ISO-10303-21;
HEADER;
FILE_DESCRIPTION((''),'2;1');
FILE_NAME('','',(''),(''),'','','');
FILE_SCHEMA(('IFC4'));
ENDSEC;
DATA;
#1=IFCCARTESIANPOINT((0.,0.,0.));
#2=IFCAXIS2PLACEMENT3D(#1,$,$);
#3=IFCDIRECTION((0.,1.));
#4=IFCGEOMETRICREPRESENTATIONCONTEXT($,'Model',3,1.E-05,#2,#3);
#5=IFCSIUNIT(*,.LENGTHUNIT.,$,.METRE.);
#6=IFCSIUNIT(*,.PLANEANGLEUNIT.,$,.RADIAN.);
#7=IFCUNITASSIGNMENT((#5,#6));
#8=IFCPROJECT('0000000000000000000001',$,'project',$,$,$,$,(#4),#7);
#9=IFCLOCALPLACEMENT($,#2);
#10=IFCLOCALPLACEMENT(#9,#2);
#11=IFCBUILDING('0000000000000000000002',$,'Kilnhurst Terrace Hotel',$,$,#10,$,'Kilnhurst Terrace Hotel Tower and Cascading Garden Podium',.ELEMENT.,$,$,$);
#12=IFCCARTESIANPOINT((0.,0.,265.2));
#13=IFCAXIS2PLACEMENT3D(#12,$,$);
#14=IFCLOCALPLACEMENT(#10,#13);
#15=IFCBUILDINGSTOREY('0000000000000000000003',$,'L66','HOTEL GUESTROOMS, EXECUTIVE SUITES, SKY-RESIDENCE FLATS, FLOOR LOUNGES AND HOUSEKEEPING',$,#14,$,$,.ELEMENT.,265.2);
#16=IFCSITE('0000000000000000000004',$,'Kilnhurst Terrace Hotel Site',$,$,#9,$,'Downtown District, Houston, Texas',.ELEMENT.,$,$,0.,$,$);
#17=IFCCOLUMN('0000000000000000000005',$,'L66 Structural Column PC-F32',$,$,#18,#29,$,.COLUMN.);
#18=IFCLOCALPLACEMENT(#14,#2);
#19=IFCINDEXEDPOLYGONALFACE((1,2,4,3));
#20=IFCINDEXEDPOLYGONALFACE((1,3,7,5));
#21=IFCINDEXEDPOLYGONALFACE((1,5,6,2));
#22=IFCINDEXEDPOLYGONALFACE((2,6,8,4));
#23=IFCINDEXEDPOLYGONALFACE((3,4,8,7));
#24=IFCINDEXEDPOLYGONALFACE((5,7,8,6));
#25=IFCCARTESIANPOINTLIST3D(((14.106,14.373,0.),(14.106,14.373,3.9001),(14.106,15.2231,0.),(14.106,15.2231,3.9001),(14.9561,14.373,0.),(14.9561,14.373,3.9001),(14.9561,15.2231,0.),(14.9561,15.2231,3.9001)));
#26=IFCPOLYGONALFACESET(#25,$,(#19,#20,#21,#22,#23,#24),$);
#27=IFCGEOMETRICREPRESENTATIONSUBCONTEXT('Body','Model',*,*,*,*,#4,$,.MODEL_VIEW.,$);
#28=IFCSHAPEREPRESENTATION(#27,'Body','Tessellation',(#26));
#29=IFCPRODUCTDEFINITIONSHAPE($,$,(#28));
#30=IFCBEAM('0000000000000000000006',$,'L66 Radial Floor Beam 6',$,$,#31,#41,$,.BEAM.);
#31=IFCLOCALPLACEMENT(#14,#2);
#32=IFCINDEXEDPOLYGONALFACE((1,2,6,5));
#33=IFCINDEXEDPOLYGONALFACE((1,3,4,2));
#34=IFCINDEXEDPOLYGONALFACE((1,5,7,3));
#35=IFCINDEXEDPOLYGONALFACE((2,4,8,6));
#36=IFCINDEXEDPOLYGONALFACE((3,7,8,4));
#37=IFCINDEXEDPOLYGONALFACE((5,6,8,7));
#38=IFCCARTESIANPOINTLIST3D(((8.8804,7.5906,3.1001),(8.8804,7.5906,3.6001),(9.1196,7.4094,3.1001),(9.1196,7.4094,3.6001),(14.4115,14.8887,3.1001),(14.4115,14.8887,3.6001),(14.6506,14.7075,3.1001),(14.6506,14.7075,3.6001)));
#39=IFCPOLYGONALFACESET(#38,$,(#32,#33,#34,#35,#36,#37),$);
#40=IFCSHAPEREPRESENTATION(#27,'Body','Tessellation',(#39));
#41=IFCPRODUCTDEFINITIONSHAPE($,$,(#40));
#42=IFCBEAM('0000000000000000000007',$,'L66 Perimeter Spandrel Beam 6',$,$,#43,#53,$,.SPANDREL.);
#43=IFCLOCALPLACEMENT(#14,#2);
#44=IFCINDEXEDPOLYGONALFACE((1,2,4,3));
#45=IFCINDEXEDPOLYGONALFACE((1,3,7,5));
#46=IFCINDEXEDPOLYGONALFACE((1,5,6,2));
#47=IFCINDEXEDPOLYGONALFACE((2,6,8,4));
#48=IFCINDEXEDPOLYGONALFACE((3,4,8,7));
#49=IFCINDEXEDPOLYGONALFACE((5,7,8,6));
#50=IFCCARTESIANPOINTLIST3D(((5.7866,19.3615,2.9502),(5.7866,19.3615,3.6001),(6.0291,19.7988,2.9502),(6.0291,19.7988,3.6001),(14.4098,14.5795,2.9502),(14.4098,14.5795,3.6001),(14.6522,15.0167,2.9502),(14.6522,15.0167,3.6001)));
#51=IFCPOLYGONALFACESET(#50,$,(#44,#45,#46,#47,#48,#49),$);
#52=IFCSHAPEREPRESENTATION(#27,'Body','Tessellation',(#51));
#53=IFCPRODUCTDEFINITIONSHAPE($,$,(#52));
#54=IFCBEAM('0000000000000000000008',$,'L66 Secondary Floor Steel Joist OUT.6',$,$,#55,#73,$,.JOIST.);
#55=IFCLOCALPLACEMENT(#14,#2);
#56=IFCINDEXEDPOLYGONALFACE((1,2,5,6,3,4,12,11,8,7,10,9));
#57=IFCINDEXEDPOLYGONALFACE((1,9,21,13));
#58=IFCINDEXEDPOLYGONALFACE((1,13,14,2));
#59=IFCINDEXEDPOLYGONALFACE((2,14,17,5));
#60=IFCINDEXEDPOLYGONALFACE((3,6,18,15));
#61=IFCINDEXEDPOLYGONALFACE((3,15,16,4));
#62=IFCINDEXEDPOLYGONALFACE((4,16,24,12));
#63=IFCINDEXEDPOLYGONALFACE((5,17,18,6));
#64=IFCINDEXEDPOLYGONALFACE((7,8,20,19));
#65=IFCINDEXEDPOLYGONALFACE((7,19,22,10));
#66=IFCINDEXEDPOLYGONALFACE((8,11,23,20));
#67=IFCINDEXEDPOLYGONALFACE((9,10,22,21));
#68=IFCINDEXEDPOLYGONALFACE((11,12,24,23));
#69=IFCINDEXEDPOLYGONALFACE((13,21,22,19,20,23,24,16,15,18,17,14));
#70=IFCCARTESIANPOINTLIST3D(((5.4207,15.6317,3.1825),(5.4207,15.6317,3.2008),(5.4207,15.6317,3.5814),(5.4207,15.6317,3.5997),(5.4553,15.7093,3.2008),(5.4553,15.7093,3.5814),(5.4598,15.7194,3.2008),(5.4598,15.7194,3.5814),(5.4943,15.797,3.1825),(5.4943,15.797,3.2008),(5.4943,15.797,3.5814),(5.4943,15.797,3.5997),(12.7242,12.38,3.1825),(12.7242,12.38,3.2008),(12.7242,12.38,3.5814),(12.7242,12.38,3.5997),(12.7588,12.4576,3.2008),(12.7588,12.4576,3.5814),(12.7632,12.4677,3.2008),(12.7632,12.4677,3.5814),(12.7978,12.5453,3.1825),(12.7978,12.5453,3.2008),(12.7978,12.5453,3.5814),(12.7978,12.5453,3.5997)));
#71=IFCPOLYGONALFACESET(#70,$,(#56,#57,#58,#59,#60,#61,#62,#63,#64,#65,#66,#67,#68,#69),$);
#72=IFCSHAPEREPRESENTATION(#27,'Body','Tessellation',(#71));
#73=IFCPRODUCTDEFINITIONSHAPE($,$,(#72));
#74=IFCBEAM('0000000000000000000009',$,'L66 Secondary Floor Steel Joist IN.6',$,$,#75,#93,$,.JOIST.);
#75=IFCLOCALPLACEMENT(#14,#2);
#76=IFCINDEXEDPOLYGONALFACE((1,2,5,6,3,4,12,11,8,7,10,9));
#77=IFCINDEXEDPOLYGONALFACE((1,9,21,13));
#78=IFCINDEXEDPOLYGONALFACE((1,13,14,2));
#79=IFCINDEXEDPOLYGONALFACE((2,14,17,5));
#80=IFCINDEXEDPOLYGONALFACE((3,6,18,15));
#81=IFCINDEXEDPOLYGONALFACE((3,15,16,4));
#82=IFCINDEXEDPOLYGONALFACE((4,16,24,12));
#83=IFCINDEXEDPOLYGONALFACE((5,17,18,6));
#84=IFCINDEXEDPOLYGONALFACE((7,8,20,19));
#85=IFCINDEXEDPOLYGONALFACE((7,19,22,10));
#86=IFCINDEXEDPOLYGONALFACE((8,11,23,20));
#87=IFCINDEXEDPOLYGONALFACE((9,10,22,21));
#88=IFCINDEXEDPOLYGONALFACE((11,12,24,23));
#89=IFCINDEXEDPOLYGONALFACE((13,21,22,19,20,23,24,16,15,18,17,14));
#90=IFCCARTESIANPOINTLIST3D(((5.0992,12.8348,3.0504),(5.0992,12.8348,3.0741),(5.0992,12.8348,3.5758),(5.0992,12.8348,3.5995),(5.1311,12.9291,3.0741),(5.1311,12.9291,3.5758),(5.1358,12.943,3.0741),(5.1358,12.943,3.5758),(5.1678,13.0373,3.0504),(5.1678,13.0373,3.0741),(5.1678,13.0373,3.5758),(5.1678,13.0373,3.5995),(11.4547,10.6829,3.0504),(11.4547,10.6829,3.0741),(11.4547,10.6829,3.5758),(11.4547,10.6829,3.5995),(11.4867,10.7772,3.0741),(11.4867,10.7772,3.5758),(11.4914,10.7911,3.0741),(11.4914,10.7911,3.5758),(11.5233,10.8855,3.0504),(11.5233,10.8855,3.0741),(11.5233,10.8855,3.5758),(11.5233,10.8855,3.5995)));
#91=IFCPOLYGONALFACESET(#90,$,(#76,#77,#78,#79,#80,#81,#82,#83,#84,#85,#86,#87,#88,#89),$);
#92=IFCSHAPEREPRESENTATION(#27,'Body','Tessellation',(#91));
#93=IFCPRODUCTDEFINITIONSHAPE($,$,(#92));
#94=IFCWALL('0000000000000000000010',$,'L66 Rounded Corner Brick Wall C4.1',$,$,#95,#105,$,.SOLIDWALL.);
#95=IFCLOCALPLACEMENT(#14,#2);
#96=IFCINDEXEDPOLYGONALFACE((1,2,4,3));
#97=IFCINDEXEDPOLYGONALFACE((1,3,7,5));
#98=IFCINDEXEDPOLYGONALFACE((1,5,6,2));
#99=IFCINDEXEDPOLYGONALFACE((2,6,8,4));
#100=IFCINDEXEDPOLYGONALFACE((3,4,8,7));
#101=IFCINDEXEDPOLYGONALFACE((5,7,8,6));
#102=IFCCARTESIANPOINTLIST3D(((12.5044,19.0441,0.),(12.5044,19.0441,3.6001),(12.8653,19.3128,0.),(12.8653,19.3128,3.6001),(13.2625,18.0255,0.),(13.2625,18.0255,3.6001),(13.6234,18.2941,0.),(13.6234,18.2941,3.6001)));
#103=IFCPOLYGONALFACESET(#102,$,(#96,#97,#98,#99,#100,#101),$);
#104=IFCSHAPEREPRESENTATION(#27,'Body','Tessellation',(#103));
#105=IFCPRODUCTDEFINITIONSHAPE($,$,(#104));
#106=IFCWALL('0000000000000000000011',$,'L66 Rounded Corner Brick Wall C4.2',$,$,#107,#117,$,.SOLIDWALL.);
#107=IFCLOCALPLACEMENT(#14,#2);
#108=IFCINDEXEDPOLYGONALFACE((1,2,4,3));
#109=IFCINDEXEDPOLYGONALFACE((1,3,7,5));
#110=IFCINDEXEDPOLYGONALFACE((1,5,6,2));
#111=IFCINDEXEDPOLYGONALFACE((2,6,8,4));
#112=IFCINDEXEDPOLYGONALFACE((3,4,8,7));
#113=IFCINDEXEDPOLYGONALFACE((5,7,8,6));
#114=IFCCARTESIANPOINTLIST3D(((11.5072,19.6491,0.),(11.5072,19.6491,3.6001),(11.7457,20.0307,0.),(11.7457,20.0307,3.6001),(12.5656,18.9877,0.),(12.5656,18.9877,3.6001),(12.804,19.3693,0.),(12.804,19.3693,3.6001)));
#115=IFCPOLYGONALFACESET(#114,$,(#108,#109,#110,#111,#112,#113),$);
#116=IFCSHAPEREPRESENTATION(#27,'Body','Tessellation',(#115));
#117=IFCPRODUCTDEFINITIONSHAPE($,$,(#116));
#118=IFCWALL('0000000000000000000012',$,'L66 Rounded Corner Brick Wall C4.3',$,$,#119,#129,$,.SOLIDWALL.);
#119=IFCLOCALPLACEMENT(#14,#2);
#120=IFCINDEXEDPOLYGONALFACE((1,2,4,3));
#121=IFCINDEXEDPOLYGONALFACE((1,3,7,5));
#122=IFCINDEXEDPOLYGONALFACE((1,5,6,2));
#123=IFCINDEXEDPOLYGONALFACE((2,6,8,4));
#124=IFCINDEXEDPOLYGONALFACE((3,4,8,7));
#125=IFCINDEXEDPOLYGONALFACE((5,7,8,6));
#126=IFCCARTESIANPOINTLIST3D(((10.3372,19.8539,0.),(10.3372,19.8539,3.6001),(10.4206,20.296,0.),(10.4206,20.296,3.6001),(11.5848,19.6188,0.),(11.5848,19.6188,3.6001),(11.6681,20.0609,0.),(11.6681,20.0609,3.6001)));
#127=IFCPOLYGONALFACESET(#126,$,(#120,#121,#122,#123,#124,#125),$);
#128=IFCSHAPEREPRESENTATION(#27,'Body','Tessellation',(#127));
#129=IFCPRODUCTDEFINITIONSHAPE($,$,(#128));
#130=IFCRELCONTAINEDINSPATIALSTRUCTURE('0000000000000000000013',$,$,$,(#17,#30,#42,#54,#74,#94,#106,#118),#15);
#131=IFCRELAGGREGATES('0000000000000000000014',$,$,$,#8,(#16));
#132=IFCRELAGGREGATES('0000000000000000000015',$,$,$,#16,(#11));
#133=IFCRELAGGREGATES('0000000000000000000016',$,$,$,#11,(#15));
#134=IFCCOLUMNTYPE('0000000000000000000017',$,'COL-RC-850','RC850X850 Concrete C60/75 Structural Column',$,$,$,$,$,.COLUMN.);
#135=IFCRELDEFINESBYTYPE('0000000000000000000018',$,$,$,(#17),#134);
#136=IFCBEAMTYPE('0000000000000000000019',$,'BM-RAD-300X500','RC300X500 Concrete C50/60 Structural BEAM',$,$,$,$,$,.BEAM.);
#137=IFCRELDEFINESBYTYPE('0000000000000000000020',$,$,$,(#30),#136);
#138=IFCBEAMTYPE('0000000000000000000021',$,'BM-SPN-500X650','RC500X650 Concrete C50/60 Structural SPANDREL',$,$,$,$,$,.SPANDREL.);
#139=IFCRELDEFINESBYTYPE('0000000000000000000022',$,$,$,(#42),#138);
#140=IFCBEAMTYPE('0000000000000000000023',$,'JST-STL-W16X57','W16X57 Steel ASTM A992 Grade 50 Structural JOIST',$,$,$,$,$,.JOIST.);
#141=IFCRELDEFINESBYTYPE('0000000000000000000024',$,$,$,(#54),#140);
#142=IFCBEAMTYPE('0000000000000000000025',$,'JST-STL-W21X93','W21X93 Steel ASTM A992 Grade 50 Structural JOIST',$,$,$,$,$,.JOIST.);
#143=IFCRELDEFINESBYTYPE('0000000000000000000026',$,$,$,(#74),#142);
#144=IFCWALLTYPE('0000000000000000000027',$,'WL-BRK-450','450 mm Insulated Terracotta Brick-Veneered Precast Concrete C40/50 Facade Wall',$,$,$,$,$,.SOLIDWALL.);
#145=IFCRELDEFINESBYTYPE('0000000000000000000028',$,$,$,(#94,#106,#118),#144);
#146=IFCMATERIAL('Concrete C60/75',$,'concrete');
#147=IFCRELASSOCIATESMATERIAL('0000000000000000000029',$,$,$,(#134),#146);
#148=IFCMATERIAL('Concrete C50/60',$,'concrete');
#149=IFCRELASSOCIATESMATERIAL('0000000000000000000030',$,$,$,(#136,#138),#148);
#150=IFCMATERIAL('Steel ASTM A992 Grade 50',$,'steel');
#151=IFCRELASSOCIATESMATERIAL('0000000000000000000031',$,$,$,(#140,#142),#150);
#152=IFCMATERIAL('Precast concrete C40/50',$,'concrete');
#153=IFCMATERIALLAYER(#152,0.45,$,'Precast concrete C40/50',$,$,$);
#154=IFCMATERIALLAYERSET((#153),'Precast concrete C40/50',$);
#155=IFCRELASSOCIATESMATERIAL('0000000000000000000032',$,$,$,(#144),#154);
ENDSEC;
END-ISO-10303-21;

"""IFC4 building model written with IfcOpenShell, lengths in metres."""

from ifc_helpers import new_model, si_unit, direction, frame, frame_2d, origin, origin_2d, place, context, subcontext, project, spatial, rectangle, i_section, extrude, material, layer, layer_set, material_profile, profile_set, type_object, element, save


model = new_model("IFC4")

# Units and contexts
model_context = context("Model", 3, precision=1e-05, world=origin(), true_north=direction((0.0, 1.0)))
body_context = subcontext(model_context, "Body", "Model", "MODEL_VIEW")
ifc_project = project(units=[si_unit("LENGTHUNIT", "METRE"), si_unit("PLANEANGLEUNIT", "RADIAN")], contexts=[model_context])

# Site, building, storey
site_placement = place(None, origin())
site = spatial("IfcSite", under=ifc_project, at=site_placement, Name="Kilnhurst Terrace Hotel Site", LongName="Downtown District, Houston, Texas", CompositionType="ELEMENT", RefElevation=0.0)
building_placement = place(site_placement, origin())
building = spatial("IfcBuilding", under=site, at=building_placement, Name="Kilnhurst Terrace Hotel", LongName="Kilnhurst Terrace Hotel Tower and Cascading Garden Podium", CompositionType="ELEMENT")
storey_placement = place(building_placement, frame((0.0, 0.0, 265.2)))
storey = spatial("IfcBuildingStorey", under=building, at=storey_placement, Name="L66", Description="HOTEL GUESTROOMS, EXECUTIVE SUITES, SKY-RESIDENCE FLATS, FLOOR LOUNGES AND HOUSEKEEPING", CompositionType="ELEMENT", Elevation=265.2)

# Column
ifc_material_1 = material(Name="Concrete C60/75", Category="concrete")
ifc_material_profile_1 = material_profile(ifc_material_1, rectangle(XDim=0.8501, YDim=0.8501, at=origin_2d()), Name="RC850X850")
ifc_profile_set_1 = profile_set([ifc_material_profile_1], Name="Concrete C60/75")
column_type = type_object("IfcColumnType", Name="COL-RC-850", Description="RC850X850 Concrete C60/75 Structural Column", PredefinedType="COLUMN", material=ifc_profile_set_1)
column_placement = place(storey_placement, frame((14.531, 14.7981, 0.0), z_axis=(0.0, 0.0, 1.0), x_axis=(1.0, 0.0, 0.0)))
element("IfcColumn", 1, at=column_placement, inside=storey, type_object=column_type, Name="L66 Structural Column PC-F32", PredefinedType="COLUMN", context=body_context, shape_type="SweptSolid", body=[
    extrude(rectangle(XDim=0.8501, YDim=0.8501, at=origin_2d()), origin(), (0.0, 0.0, 1.0), 3.9001),
])

# Beams
ifc_material_2 = material(Name="Concrete C50/60", Category="concrete")
ifc_material_profile_2 = material_profile(ifc_material_2, rectangle(XDim=0.3, YDim=0.5, at=origin_2d()), Name="RC300X500")
ifc_profile_set_2 = profile_set([ifc_material_profile_2], Name="Concrete C50/60")
beam_type_1 = type_object("IfcBeamType", Name="BM-RAD-300X500", Description="RC300X500 Concrete C50/60 Structural BEAM", PredefinedType="BEAM", material=ifc_profile_set_2)
beam_1_placement = place(storey_placement, frame((9.0, 7.5, 3.3501), z_axis=(0.604007, 0.796979, 0.0), x_axis=(-0.796979, 0.604007, 0.0)))
element("IfcBeam", 2, at=beam_1_placement, inside=storey, type_object=beam_type_1, Name="L66 Radial Floor Beam 6", PredefinedType="BEAM", context=body_context, shape_type="SweptSolid", body=[
    extrude(rectangle(XDim=0.3, YDim=0.5, at=origin_2d()), origin(), (0.0, 0.0, 1.0), 9.1572),
])
ifc_material_profile_3 = material_profile(ifc_material_2, rectangle(XDim=0.5, YDim=0.6499, at=origin_2d()), Name="RC500X650")
ifc_profile_set_3 = profile_set([ifc_material_profile_3], Name="Concrete C50/60")
beam_type_2 = type_object("IfcBeamType", Name="BM-SPN-500X650", Description="RC500X650 Concrete C50/60 Structural SPANDREL", PredefinedType="SPANDREL", material=ifc_profile_set_3)
beam_2_placement = place(storey_placement, frame((14.531, 14.7981, 3.2751), z_axis=(-0.874527, 0.484976, 0.0), x_axis=(-0.484976, -0.874527, 0.0)))
element("IfcBeam", 3, at=beam_2_placement, inside=storey, type_object=beam_type_2, Name="L66 Perimeter Spandrel Beam 6", PredefinedType="SPANDREL", context=body_context, shape_type="SweptSolid", body=[
    extrude(rectangle(XDim=0.5, YDim=0.6499, at=origin_2d()), origin(), (0.0, 0.0, 1.0), 9.8604),
])
ifc_material_3 = material(Name="Steel ASTM A992 Grade 50", Category="steel")
ifc_material_profile_4 = material_profile(ifc_material_3, i_section(OverallWidth=0.1809, OverallDepth=0.4172, WebThickness=0.011, FlangeThickness=0.0183, at=origin_2d()), Name="W16X57")
ifc_profile_set_4 = profile_set([ifc_material_profile_4], Name="Steel ASTM A992 Grade 50")
beam_type_3 = type_object("IfcBeamType", Name="JST-STL-W16X57", Description="W16X57 Steel ASTM A992 Grade 50 Structural JOIST", PredefinedType="JOIST", material=ifc_profile_set_4)
beam_3_placement = place(storey_placement, frame((12.761, 12.4626, 3.3911), z_axis=(-0.913546, 0.406736, 0.0), x_axis=(-0.406736, -0.913546, 0.0)))
element("IfcBeam", 4, at=beam_3_placement, inside=storey, type_object=beam_type_3, Name="L66 Secondary Floor Steel Joist OUT.6", PredefinedType="JOIST", context=body_context, shape_type="SweptSolid", body=[
    extrude(i_section(OverallWidth=0.1809, OverallDepth=0.4172, WebThickness=0.011, FlangeThickness=0.0183, at=origin_2d()), origin(), (0.0, 0.0, 1.0), 7.9946),
])
ifc_material_profile_5 = material_profile(ifc_material_3, i_section(OverallWidth=0.2139, OverallDepth=0.5491, WebThickness=0.0146, FlangeThickness=0.0237, at=origin_2d()), Name="W21X93")
ifc_profile_set_5 = profile_set([ifc_material_profile_5], Name="Steel ASTM A992 Grade 50")
beam_type_4 = type_object("IfcBeamType", Name="JST-STL-W21X93", Description="W21X93 Steel ASTM A992 Grade 50 Structural JOIST", PredefinedType="JOIST", material=ifc_profile_set_5)
beam_4_placement = place(storey_placement, frame((11.489, 10.7842, 3.325), z_axis=(-0.947181, 0.3207, 0.0), x_axis=(-0.3207, -0.947181, 0.0)))
element("IfcBeam", 5, at=beam_4_placement, inside=storey, type_object=beam_type_4, Name="L66 Secondary Floor Steel Joist IN.6", PredefinedType="JOIST", context=body_context, shape_type="SweptSolid", body=[
    extrude(i_section(OverallWidth=0.2139, OverallDepth=0.5491, WebThickness=0.0146, FlangeThickness=0.0237, at=origin_2d()), origin(), (0.0, 0.0, 1.0), 6.71),
])

# Walls
ifc_material_4 = material(Name="Precast concrete C40/50", Category="concrete")
ifc_layer_1 = layer(ifc_material_4, 0.45, Name="Precast concrete C40/50")
ifc_layer_set_1 = layer_set([ifc_layer_1], Name="Precast concrete C40/50")
wall_type_1 = type_object("IfcWallType", Name="WL-BRK-450", Description="450 mm Insulated Terracotta Brick-Veneered Precast Concrete C40/50 Facade Wall", PredefinedType="SOLIDWALL", material=ifc_layer_set_1)
wall_1_placement = place(storey_placement, frame((13.4429, 18.1599, 0.0), z_axis=(0.0, 0.0, 1.0), x_axis=(-0.597042, 0.80221, 0.0)))
element("IfcWall", 6, at=wall_1_placement, inside=storey, type_object=wall_type_1, Name="L66 Rounded Corner Brick Wall C4.1", PredefinedType="SOLIDWALL", context=body_context, shape_type="SweptSolid", body=[
    extrude(rectangle(XDim=1.2698, YDim=0.45, at=frame_2d((0.6348, 0.0))), origin(), (0.0, 0.0, 1.0), 3.6001),
])
wall_2_placement = place(storey_placement, frame((12.6848, 19.1785, 0.0), z_axis=(0.0, 0.0, 1.0), x_axis=(-0.848031, 0.529946, 0.0)))
element("IfcWall", 7, at=wall_2_placement, inside=storey, type_object=wall_type_1, Name="L66 Rounded Corner Brick Wall C4.2", PredefinedType="SOLIDWALL", context=body_context, shape_type="SweptSolid", body=[
    extrude(rectangle(XDim=1.248, YDim=0.45, at=frame_2d((0.624, 0.0))), origin(), (0.0, 0.0, 1.0), 3.6001),
])
wall_3_placement = place(storey_placement, frame((11.6265, 19.8398, 0.0), z_axis=(0.0, 0.0, 1.0), x_axis=(-0.982702, 0.185194, 0.0)))
element("IfcWall", 8, at=wall_3_placement, inside=storey, type_object=wall_type_1, Name="L66 Rounded Corner Brick Wall C4.3", PredefinedType="SOLIDWALL", context=body_context, shape_type="SweptSolid", body=[
    extrude(rectangle(XDim=1.2695, YDim=0.45, at=frame_2d((0.6348, 0.0))), origin(), (0.0, 0.0, 1.0), 3.6001),
])

save(model, "model.ifc")
